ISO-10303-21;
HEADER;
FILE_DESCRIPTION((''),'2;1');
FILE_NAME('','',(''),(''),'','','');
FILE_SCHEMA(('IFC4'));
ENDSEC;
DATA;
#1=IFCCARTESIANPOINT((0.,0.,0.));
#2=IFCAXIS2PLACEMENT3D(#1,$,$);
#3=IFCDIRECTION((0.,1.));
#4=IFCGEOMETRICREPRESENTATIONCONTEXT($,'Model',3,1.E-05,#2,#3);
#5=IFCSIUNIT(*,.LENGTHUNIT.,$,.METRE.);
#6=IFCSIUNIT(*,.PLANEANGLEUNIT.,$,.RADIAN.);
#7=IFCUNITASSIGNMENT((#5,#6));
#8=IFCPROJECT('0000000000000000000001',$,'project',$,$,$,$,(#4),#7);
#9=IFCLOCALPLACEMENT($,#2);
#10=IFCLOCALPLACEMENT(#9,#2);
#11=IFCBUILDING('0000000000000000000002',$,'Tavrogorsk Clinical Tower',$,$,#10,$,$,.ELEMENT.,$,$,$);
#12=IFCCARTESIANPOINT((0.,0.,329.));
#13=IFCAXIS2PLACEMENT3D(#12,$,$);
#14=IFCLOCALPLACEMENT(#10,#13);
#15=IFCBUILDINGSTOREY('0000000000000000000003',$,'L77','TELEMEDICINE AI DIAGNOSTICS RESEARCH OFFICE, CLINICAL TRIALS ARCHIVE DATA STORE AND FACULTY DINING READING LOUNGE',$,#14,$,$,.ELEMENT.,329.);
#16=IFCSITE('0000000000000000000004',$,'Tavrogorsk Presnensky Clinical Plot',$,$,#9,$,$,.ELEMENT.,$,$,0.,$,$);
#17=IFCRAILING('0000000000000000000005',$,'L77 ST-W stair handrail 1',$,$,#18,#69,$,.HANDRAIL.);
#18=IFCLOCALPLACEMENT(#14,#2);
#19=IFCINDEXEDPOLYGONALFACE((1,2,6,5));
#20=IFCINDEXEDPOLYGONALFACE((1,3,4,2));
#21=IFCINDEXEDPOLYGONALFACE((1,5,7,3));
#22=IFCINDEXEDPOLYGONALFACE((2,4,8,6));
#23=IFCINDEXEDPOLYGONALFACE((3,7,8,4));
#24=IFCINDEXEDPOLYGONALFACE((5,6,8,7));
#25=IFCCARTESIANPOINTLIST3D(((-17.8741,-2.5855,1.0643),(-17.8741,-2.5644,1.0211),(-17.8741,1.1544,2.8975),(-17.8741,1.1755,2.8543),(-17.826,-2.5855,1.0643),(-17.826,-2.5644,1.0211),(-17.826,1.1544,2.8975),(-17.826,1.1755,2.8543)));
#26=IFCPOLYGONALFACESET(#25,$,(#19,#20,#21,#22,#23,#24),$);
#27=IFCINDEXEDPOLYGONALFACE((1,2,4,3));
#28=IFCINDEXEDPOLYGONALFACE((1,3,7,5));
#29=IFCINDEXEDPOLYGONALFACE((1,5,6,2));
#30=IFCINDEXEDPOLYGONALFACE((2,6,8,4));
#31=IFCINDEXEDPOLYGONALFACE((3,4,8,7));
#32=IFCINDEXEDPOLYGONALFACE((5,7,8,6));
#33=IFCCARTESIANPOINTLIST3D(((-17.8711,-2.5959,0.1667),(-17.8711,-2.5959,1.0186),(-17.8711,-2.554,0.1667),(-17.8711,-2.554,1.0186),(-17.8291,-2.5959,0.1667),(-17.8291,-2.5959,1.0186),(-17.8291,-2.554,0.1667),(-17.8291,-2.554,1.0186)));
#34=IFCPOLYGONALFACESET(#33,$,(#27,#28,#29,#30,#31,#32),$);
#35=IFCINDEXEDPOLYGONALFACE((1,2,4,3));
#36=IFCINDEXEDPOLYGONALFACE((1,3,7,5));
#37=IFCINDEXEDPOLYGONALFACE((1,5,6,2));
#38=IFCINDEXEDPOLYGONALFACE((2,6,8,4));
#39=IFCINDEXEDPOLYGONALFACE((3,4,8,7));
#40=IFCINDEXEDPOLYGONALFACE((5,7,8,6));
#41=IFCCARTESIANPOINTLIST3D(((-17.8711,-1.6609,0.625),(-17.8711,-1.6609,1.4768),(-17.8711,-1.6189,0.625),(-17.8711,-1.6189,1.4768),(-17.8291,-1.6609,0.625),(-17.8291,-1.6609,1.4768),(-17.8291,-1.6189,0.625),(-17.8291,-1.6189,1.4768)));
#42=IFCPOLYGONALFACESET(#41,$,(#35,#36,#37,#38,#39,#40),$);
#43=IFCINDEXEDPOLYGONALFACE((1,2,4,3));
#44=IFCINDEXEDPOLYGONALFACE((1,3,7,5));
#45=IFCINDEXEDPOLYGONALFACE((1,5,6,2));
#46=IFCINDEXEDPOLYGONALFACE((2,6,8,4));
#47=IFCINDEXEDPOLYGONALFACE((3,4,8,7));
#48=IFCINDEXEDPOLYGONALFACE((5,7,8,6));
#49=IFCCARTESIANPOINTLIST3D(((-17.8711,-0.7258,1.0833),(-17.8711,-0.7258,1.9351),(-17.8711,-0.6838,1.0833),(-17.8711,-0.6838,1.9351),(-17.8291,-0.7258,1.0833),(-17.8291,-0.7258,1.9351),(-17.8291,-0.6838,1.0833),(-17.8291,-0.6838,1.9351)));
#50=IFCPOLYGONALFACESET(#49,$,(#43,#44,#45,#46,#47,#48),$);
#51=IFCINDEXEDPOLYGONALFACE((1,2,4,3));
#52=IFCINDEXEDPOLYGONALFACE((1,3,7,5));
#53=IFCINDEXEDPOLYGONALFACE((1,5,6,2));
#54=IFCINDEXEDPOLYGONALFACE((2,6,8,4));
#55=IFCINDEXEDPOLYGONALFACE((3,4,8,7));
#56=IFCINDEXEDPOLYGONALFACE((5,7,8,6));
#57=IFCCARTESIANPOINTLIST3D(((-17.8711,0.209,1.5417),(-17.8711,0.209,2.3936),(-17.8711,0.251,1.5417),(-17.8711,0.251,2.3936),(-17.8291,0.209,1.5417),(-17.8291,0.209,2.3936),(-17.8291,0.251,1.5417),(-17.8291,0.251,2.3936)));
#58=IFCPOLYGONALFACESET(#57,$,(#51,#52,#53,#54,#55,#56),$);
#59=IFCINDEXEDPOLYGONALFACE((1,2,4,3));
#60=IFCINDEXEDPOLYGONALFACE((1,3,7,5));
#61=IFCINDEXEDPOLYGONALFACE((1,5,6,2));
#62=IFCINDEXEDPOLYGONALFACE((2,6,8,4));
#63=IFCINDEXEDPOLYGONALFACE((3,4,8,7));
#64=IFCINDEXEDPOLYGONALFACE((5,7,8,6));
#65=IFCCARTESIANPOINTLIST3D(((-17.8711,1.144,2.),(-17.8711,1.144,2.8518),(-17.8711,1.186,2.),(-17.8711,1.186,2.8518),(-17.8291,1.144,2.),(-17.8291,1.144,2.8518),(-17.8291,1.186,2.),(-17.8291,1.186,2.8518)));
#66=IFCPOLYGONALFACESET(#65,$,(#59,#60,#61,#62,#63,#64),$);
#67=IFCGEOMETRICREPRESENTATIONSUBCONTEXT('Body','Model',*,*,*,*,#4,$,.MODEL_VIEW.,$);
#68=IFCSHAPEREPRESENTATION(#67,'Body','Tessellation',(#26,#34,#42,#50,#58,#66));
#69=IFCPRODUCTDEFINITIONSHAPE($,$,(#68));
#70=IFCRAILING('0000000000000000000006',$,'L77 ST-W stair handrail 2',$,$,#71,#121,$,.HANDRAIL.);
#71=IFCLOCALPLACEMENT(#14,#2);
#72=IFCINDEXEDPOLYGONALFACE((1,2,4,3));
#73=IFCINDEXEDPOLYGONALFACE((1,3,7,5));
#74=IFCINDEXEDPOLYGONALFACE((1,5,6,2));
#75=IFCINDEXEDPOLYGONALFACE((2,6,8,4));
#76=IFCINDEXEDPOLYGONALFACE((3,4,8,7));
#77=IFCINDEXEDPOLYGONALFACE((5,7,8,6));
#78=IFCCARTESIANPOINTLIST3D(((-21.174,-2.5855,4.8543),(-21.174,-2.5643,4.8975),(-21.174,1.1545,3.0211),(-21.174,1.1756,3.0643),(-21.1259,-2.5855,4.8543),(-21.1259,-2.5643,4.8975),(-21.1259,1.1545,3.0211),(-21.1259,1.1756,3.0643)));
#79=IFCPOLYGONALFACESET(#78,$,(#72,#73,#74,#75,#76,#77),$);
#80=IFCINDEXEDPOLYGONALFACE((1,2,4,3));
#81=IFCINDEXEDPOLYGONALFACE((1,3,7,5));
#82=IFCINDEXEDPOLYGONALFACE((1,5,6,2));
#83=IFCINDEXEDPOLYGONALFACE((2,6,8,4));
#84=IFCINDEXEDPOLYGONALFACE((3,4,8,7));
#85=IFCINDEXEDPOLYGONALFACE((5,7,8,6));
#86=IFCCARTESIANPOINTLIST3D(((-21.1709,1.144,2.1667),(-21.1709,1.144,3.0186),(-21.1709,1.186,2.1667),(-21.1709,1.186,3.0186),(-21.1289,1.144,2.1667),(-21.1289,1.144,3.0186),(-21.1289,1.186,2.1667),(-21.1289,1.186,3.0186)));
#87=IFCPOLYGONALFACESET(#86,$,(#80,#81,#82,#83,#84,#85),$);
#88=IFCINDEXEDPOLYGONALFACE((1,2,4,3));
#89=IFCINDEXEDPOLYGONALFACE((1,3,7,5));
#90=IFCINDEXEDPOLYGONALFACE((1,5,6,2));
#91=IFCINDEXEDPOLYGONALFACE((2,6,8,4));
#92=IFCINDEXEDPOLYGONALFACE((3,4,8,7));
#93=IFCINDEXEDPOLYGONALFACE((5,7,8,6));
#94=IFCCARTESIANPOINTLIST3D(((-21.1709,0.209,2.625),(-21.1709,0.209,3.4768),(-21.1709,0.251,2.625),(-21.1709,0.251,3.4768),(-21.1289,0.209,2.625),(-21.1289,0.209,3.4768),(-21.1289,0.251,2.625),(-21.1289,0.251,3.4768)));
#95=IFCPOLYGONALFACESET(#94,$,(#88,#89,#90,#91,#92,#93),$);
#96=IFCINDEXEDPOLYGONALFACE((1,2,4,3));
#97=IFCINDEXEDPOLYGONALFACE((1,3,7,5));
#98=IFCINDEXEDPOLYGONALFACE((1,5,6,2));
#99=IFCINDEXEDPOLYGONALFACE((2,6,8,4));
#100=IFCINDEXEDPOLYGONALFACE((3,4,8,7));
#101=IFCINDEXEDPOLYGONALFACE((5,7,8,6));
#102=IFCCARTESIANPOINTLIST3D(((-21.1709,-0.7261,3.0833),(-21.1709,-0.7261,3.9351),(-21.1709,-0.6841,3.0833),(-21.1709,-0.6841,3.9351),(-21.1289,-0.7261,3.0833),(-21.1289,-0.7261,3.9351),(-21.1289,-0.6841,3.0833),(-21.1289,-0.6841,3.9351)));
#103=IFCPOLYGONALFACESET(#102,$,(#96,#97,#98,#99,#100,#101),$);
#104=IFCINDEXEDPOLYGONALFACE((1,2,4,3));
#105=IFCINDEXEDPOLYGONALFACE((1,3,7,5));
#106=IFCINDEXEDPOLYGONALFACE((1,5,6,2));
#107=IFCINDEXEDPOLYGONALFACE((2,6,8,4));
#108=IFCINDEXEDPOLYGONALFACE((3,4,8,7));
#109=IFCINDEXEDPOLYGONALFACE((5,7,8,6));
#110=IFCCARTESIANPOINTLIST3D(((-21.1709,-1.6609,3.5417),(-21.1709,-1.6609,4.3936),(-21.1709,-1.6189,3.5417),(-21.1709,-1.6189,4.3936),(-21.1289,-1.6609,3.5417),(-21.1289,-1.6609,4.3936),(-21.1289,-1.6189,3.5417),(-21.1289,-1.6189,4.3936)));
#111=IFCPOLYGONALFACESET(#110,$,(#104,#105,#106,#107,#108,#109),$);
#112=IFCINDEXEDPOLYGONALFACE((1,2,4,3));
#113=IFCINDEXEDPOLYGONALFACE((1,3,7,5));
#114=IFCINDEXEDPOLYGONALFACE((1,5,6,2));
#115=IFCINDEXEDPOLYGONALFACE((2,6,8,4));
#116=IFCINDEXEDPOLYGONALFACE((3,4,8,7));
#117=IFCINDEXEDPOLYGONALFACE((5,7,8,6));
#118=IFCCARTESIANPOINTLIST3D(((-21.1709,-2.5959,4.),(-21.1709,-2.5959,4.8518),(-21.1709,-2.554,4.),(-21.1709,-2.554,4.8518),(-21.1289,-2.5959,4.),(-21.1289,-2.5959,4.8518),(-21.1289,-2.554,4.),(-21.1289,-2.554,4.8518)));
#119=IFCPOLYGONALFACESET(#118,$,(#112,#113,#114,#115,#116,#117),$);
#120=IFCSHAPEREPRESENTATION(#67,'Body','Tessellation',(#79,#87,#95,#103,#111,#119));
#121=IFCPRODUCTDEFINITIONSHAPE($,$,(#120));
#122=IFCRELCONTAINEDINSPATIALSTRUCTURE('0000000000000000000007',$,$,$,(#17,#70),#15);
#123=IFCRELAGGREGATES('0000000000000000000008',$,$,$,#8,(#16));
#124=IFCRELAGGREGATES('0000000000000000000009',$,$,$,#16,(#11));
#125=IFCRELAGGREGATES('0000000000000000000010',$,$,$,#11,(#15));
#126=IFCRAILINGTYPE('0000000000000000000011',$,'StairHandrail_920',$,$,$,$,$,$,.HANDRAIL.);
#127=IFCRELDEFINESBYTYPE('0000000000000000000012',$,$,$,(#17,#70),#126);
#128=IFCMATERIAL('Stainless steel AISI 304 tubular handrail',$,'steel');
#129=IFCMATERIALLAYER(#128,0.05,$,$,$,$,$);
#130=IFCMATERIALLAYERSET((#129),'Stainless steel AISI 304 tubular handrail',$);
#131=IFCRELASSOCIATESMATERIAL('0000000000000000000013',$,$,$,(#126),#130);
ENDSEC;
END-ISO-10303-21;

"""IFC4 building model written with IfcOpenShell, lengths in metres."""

from ifc_helpers import new_model, si_unit, direction, frame, origin, origin_2d, place, context, subcontext, project, spatial, rectangle, extrude, material, layer, layer_set, type_object, element, save


model = new_model("IFC4")

# Units and contexts
model_context = context("Model", 3, precision=1e-05, world=origin(), true_north=direction((0.0, 1.0)))
body_context = subcontext(model_context, "Body", "Model", "MODEL_VIEW")
ifc_project = project(units=[si_unit("LENGTHUNIT", "METRE"), si_unit("PLANEANGLEUNIT", "RADIAN")], contexts=[model_context])

# Site, building, storey
site_placement = place(None, origin())
site = spatial("IfcSite", under=ifc_project, at=site_placement, Name="Tavrogorsk Presnensky Clinical Plot", CompositionType="ELEMENT", RefElevation=0.0)
building_placement = place(site_placement, origin())
building = spatial("IfcBuilding", under=site, at=building_placement, Name="Tavrogorsk Clinical Tower", CompositionType="ELEMENT")
storey_placement = place(building_placement, frame((0.0, 0.0, 329.0)))
storey = spatial("IfcBuildingStorey", under=building, at=storey_placement, Name="L77", Description="TELEMEDICINE AI DIAGNOSTICS RESEARCH OFFICE, CLINICAL TRIALS ARCHIVE DATA STORE AND FACULTY DINING READING LOUNGE", CompositionType="ELEMENT", Elevation=329.0)

# Railings
ifc_material_1 = material(Name="Stainless steel AISI 304 tubular handrail", Category="steel")
ifc_layer_1 = layer(ifc_material_1, 0.05)
ifc_layer_set_1 = layer_set([ifc_layer_1], Name="Stainless steel AISI 304 tubular handrail")
railing_type_1 = type_object("IfcRailingType", Name="StairHandrail_920", PredefinedType="HANDRAIL", material=ifc_layer_set_1)
railing_1_placement = place(storey_placement, frame((-17.8501, -2.575, 0.1667)))
element("IfcRailing", 1, at=railing_1_placement, inside=storey, type_object=railing_type_1, Name="L77 ST-W stair handrail 1", PredefinedType="HANDRAIL", context=body_context, shape_type="SweptSolid", body=[
    extrude(rectangle(XDim=0.0481, YDim=0.0481, at=origin_2d()), frame((0.0, 0.0, 0.876), z_axis=(0.0, 0.897928, 0.440142), x_axis=(-1.0, 0.0, 0.0)), (0.0, 0.0, 1.0), 4.165),
    extrude(rectangle(XDim=0.042, YDim=0.042, at=origin_2d()), origin(), (0.0, 0.0, 1.0), 0.8518),
    extrude(rectangle(XDim=0.042, YDim=0.042, at=origin_2d()), frame((0.0, 0.9351, 0.4583)), (0.0, 0.0, 1.0), 0.8518),
    extrude(rectangle(XDim=0.042, YDim=0.042, at=origin_2d()), frame((0.0, 1.8701, 0.9165)), (0.0, 0.0, 1.0), 0.8518),
    extrude(rectangle(XDim=0.042, YDim=0.042, at=origin_2d()), frame((0.0, 2.8049, 1.375)), (0.0, 0.0, 1.0), 0.8518),
    extrude(rectangle(XDim=0.042, YDim=0.042, at=origin_2d()), frame((0.0, 3.74, 1.8333)), (0.0, 0.0, 1.0), 0.8518),
])
railing_2_placement = place(storey_placement, frame((-21.1499, 1.165, 2.1667)))
element("IfcRailing", 2, at=railing_2_placement, inside=storey, type_object=railing_type_1, Name="L77 ST-W stair handrail 2", PredefinedType="HANDRAIL", context=body_context, shape_type="SweptSolid", body=[
    extrude(rectangle(XDim=0.0481, YDim=0.0481, at=origin_2d()), frame((0.0, 0.0, 0.876), z_axis=(0.0, -0.897928, 0.440142), x_axis=(1.0, 0.0, 0.0)), (0.0, 0.0, 1.0), 4.165),
    extrude(rectangle(XDim=0.042, YDim=0.042, at=origin_2d()), origin(), (0.0, 0.0, 1.0), 0.8518),
    extrude(rectangle(XDim=0.042, YDim=0.042, at=origin_2d()), frame((0.0, -0.9351, 0.4583)), (0.0, 0.0, 1.0), 0.8518),
    extrude(rectangle(XDim=0.042, YDim=0.042, at=origin_2d()), frame((0.0, -1.8701, 0.9165)), (0.0, 0.0, 1.0), 0.8518),
    extrude(rectangle(XDim=0.042, YDim=0.042, at=origin_2d()), frame((0.0, -2.8049, 1.375)), (0.0, 0.0, 1.0), 0.8518),
    extrude(rectangle(XDim=0.042, YDim=0.042, at=origin_2d()), frame((0.0, -3.74, 1.8333)), (0.0, 0.0, 1.0), 0.8518),
])

save(model, "model.ifc")
